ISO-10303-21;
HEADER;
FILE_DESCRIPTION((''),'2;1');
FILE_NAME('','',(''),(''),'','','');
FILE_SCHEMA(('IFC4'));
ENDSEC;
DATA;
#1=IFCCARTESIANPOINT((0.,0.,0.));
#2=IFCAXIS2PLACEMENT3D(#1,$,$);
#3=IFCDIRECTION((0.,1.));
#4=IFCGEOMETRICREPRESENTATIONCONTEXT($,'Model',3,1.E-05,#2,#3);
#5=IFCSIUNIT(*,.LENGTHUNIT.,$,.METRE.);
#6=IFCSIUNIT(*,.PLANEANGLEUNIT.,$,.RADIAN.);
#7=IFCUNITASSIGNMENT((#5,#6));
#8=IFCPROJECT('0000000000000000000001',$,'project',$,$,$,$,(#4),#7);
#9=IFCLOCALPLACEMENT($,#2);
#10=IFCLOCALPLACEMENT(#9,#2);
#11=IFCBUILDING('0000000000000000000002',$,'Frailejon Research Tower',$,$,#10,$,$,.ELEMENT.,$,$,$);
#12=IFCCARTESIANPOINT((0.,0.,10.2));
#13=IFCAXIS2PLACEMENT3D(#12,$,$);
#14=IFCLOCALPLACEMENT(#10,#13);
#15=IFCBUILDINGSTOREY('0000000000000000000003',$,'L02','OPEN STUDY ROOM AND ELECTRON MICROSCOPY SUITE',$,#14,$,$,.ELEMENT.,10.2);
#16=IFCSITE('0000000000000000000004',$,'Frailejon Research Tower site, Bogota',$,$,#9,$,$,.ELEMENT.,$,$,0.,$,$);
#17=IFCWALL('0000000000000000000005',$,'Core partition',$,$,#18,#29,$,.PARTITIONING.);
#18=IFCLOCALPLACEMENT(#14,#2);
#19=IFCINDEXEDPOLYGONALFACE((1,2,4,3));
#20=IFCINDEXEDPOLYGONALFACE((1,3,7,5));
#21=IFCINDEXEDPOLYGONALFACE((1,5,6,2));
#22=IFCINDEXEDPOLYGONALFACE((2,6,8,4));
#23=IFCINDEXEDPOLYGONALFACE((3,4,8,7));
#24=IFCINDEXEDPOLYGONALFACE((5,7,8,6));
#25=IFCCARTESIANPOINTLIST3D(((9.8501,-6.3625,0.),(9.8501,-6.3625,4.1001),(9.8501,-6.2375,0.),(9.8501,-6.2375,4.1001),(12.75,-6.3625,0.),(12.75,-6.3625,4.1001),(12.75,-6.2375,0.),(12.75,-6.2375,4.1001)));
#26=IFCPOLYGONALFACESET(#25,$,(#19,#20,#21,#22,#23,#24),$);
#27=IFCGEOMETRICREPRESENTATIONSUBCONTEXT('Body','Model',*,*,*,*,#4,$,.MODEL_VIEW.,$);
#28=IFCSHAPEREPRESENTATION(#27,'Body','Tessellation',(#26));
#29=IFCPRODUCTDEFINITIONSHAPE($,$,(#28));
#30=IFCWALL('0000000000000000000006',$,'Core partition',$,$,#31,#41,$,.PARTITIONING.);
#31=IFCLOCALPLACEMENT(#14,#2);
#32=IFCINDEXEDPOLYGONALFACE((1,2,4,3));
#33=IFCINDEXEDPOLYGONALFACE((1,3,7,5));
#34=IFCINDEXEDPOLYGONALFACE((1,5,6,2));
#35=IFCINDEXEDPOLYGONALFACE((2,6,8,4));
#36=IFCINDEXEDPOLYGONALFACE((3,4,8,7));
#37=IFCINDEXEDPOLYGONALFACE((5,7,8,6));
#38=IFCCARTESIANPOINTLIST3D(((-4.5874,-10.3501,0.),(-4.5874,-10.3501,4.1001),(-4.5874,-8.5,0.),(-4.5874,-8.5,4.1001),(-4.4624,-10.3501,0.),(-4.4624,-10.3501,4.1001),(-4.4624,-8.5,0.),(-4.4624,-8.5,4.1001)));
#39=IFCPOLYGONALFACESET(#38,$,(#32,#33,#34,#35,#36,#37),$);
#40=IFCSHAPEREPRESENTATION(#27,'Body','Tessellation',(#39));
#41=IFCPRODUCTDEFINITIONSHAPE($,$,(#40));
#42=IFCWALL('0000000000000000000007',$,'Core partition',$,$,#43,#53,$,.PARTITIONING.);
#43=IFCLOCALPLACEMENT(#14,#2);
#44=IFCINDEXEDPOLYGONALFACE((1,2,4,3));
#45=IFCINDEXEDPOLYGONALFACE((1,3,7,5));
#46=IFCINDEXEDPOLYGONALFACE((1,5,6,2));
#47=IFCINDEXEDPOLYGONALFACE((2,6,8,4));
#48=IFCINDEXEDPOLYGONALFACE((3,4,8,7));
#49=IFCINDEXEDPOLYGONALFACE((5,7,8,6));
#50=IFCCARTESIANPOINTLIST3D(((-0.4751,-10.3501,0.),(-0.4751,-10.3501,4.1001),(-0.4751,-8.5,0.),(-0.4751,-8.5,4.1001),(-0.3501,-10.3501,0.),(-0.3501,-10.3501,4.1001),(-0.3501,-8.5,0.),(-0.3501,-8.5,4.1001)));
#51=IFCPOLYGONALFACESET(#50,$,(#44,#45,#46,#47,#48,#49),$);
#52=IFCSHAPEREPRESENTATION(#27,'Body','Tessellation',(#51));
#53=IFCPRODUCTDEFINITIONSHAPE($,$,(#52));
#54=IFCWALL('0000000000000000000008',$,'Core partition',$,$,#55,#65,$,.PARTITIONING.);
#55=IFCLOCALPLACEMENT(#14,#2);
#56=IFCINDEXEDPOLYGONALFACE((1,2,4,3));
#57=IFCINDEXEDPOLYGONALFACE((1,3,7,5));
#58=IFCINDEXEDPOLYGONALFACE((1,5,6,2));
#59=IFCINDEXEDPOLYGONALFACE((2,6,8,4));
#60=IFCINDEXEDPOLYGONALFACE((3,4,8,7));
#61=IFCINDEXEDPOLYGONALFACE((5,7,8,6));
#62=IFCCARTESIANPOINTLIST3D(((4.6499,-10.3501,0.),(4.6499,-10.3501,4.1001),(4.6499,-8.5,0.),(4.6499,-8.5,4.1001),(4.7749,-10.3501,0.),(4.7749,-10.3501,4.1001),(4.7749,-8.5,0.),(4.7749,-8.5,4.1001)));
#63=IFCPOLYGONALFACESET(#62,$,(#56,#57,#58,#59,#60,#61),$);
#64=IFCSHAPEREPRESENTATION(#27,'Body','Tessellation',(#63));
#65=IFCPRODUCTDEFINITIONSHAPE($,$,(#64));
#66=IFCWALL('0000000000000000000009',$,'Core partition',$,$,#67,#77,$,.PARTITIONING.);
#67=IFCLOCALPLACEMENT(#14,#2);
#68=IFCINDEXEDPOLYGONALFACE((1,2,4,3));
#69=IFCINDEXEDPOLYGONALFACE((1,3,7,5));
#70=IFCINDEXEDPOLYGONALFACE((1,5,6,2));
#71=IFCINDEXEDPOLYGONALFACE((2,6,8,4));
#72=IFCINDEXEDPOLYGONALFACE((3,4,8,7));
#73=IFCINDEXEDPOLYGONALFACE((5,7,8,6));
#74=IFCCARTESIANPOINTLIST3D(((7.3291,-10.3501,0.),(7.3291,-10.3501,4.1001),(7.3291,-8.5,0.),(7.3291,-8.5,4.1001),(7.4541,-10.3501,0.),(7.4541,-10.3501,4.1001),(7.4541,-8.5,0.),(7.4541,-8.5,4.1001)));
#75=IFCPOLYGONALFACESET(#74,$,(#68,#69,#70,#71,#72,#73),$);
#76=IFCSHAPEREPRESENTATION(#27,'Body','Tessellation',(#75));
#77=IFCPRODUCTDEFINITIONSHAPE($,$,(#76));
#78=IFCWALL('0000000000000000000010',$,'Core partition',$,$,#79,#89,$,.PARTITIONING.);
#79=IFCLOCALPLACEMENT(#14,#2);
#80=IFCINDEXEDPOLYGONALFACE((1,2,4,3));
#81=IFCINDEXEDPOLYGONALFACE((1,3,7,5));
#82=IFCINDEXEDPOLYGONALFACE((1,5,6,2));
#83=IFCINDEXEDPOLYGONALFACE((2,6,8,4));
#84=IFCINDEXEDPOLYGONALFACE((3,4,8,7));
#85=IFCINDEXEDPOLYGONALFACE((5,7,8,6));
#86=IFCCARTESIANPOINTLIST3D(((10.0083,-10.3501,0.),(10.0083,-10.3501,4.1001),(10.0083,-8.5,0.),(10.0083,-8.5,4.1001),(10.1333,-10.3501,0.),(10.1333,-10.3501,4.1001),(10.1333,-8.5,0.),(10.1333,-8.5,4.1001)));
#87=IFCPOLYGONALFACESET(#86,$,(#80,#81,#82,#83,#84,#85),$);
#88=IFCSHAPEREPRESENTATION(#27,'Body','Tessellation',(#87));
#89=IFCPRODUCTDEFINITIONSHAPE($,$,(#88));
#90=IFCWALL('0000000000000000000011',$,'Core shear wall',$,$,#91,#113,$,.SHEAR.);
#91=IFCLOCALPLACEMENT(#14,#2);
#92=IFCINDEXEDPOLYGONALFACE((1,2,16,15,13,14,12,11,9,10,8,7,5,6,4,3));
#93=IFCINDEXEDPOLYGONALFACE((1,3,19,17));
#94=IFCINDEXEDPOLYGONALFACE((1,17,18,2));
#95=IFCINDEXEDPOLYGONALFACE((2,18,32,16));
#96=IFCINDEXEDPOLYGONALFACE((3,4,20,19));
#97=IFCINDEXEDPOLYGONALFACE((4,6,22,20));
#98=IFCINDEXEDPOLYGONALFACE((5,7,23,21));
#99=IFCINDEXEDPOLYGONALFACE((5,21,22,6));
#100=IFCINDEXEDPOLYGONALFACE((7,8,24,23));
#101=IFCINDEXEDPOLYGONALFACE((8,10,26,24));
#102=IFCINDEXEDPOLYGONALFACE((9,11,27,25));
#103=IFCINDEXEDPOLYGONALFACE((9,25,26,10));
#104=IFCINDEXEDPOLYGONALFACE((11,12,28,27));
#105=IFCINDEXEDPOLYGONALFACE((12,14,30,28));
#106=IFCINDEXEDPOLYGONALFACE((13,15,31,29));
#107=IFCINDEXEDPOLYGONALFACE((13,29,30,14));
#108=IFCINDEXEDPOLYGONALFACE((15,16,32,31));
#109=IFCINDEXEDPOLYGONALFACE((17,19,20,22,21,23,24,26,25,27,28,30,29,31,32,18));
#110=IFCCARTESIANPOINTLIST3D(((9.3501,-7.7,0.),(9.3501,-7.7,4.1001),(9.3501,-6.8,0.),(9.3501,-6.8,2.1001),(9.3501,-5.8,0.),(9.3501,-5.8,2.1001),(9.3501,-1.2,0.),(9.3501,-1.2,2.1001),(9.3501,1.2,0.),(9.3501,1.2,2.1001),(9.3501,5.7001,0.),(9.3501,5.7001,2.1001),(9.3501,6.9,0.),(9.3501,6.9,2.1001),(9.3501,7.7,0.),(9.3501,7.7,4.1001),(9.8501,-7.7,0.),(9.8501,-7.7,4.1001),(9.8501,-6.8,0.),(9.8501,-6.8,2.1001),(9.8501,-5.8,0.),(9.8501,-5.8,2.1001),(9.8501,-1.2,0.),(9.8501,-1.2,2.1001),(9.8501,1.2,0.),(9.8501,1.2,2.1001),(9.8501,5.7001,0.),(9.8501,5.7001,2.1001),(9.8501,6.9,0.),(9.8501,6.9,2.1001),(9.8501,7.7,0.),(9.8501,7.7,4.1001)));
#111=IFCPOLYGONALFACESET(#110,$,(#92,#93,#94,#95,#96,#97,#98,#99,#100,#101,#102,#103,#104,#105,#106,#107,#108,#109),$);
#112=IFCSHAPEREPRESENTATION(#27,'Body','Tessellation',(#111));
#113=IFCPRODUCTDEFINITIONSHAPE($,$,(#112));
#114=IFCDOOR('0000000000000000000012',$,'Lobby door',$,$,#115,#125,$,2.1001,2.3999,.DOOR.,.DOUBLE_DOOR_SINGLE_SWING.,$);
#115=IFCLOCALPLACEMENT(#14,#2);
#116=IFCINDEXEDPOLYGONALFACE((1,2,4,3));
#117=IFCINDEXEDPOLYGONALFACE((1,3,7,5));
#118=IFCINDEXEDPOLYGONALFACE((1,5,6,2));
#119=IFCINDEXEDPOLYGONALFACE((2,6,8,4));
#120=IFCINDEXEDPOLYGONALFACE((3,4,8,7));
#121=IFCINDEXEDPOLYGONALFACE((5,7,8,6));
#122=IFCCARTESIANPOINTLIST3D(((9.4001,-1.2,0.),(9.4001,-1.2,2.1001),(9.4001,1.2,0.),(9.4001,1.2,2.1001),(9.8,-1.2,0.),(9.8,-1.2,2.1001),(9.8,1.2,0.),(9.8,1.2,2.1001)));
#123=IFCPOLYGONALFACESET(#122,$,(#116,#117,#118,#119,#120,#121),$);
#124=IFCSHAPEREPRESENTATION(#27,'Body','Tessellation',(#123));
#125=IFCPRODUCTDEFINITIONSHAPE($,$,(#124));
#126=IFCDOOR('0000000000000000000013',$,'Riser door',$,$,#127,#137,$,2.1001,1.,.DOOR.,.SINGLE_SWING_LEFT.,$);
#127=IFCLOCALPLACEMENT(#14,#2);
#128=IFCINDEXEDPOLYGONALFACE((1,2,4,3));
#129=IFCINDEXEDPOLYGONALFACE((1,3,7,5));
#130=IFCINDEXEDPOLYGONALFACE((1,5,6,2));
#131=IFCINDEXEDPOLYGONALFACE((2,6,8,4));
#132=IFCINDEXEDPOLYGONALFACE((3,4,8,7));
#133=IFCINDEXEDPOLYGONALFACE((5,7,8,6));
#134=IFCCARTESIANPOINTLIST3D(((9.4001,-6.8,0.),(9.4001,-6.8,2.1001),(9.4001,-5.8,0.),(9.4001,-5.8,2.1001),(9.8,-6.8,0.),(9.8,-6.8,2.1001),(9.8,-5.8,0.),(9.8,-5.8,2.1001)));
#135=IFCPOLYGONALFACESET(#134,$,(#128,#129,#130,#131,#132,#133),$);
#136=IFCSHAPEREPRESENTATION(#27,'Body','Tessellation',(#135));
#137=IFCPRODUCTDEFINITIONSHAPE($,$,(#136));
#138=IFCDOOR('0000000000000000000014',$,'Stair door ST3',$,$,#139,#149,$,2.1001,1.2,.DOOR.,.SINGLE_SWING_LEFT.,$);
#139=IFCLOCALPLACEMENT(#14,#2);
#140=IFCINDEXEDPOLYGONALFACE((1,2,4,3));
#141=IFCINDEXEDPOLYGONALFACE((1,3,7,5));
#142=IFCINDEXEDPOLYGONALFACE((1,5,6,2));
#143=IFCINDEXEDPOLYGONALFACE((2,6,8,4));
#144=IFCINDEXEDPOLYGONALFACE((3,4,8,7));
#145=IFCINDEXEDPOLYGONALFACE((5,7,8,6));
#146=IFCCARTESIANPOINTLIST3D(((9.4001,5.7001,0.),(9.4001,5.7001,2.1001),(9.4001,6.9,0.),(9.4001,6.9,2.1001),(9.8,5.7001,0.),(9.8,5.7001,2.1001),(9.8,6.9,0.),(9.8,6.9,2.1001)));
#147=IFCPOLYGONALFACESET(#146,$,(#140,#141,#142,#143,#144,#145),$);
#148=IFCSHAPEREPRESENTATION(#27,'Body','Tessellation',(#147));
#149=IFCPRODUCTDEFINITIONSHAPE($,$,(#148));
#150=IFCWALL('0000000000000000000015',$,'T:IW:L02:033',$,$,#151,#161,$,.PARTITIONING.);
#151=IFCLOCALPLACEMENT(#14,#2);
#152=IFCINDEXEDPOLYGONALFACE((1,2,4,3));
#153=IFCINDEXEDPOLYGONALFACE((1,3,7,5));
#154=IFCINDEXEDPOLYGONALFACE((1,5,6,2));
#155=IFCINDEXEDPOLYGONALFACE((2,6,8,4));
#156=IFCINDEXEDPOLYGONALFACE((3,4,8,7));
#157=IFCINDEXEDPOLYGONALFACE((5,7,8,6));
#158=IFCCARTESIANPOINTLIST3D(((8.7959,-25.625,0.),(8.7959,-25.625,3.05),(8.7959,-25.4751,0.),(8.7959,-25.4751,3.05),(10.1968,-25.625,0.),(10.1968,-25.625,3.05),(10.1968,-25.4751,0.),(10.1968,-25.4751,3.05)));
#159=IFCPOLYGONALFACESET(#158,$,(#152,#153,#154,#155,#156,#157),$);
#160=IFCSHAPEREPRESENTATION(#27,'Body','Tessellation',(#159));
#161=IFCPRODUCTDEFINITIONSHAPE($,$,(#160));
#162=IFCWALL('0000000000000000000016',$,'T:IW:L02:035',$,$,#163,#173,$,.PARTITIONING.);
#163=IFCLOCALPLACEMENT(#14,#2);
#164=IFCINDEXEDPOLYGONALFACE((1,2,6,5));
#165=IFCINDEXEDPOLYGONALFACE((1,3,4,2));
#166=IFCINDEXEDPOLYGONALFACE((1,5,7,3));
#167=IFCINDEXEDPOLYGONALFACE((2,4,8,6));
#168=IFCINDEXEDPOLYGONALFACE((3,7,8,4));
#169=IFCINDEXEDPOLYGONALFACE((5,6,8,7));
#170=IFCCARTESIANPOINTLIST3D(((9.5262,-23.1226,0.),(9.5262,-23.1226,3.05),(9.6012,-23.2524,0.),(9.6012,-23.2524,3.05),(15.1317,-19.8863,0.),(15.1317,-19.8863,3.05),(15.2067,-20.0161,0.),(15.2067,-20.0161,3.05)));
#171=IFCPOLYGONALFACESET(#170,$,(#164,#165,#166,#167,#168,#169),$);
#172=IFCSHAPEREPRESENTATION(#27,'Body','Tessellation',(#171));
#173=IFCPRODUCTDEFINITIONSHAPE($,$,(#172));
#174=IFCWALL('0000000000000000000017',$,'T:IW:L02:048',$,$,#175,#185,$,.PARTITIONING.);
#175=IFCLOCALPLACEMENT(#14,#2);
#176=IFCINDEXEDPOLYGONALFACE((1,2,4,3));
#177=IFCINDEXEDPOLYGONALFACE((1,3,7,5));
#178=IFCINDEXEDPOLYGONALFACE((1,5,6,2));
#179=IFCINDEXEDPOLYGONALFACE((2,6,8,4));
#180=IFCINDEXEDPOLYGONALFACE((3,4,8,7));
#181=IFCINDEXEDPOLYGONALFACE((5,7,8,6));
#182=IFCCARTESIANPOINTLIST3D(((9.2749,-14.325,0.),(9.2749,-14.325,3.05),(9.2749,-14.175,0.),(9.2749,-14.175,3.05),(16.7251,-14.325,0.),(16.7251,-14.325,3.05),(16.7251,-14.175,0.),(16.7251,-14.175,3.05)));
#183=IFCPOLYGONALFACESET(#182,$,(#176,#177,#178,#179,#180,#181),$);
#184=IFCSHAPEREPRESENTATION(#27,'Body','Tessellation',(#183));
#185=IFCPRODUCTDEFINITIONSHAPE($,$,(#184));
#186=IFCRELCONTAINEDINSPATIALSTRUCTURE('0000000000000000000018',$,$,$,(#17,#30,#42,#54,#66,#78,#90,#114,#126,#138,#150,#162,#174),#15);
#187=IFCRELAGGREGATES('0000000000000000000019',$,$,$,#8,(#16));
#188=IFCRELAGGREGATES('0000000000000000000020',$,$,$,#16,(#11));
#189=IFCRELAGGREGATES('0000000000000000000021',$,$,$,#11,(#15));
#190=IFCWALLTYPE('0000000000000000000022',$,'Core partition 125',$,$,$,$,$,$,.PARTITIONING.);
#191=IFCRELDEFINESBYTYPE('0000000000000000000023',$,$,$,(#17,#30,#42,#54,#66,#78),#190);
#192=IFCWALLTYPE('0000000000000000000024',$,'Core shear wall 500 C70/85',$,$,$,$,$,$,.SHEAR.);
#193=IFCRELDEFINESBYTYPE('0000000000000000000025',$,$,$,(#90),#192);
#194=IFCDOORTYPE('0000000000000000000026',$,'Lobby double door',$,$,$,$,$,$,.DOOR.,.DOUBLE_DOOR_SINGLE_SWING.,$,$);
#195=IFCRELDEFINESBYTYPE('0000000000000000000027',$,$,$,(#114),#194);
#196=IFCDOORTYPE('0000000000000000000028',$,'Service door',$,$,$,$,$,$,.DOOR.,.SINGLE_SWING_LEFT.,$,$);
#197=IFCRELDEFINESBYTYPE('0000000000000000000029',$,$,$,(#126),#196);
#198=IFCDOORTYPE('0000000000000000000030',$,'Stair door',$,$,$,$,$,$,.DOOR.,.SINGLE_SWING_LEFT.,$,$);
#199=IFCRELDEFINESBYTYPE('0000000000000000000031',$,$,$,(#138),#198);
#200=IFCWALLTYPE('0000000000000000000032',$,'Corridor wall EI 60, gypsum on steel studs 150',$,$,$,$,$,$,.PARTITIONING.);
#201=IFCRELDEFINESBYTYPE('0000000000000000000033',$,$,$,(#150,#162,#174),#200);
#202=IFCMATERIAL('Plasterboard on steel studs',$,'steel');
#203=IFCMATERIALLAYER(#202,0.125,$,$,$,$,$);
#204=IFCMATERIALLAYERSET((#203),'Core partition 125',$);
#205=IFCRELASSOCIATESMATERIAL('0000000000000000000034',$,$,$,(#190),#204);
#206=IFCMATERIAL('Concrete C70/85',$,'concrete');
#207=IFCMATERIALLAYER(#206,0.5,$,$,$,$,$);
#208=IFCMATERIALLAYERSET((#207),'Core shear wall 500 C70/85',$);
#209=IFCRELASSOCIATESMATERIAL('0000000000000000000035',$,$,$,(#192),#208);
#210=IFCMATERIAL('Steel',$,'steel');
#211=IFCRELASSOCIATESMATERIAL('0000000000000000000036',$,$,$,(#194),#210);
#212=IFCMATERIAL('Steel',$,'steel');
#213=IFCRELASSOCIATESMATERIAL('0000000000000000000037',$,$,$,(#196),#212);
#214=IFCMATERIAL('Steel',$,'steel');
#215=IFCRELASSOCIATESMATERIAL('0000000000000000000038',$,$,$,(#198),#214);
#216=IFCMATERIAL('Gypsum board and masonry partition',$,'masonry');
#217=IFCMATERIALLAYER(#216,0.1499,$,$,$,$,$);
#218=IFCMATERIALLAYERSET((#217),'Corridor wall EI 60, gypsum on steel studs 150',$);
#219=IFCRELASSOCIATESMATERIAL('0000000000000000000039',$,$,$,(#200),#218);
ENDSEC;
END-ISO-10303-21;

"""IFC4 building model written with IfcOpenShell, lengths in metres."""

from ifc_helpers import new_model, si_unit, direction, frame, frame_2d, origin, place, context, subcontext, project, spatial, rectangle, extrude, material, layer, layer_set, type_object, element, fill, save


model = new_model("IFC4")

# Units and contexts
model_context = context("Model", 3, precision=1e-05, world=origin(), true_north=direction((0.0, 1.0)))
body_context = subcontext(model_context, "Body", "Model", "MODEL_VIEW")
ifc_project = project(units=[si_unit("LENGTHUNIT", "METRE"), si_unit("PLANEANGLEUNIT", "RADIAN")], contexts=[model_context])

# Site, building, storey
site_placement = place(None, origin())
site = spatial("IfcSite", under=ifc_project, at=site_placement, Name="Frailejon Research Tower site, Bogota", CompositionType="ELEMENT", RefElevation=0.0)
building_placement = place(site_placement, origin())
building = spatial("IfcBuilding", under=site, at=building_placement, Name="Frailejon Research Tower", CompositionType="ELEMENT")
storey_placement = place(building_placement, frame((0.0, 0.0, 10.2)))
storey = spatial("IfcBuildingStorey", under=building, at=storey_placement, Name="L02", Description="OPEN STUDY ROOM AND ELECTRON MICROSCOPY SUITE", CompositionType="ELEMENT", Elevation=10.2)

# Walls
ifc_material_1 = material(Name="Plasterboard on steel studs", Category="steel")
ifc_layer_1 = layer(ifc_material_1, 0.125)
ifc_layer_set_1 = layer_set([ifc_layer_1], Name="Core partition 125")
wall_type_1 = type_object("IfcWallType", Name="Core partition 125", PredefinedType="PARTITIONING", material=ifc_layer_set_1)
wall_1_placement = place(storey_placement, frame((9.8501, -6.3, 0.0), z_axis=(0.0, 0.0, 1.0), x_axis=(1.0, 0.0, 0.0)))
element("IfcWall", 1, at=wall_1_placement, inside=storey, type_object=wall_type_1, Name="Core partition", PredefinedType="PARTITIONING", context=body_context, shape_type="SweptSolid", body=[
    extrude(rectangle(XDim=2.8999, YDim=0.125, at=frame_2d((1.45, 0.0))), origin(), (0.0, 0.0, 1.0), 4.1001),
])
for number, where, z_axis, x_axis, name in (
    (2, (-4.5249, -10.3501, 0.0), (0.0, 0.0, 1.0), (0.0, 1.0, 0.0), "Core partition"),
    (3, (-0.4126, -10.3501, 0.0), (0.0, 0.0, 1.0), (0.0, 1.0, 0.0), "Core partition"),
    (4, (4.7124, -10.3501, 0.0), (0.0, 0.0, 1.0), (0.0, 1.0, 0.0), "Core partition"),
    (5, (7.3916, -10.3501, 0.0), (0.0, 0.0, 1.0), (0.0, 1.0, 0.0), "Core partition"),
    (6, (10.0708, -10.3501, 0.0), (0.0, 0.0, 1.0), (0.0, 1.0, 0.0), "Core partition"),
):
    element("IfcWall", number, at=place(storey_placement, frame(where, z_axis=z_axis, x_axis=x_axis)), inside=storey, type_object=wall_type_1, Name=name, PredefinedType="PARTITIONING", context=body_context, shape_type="SweptSolid", body=[
        extrude(rectangle(XDim=1.8501, YDim=0.125, at=frame_2d((0.925, 0.0))), origin(), (0.0, 0.0, 1.0), 4.1001),
    ])

# Wall, openings, doors
ifc_material_2 = material(Name="Concrete C70/85", Category="concrete")
ifc_layer_2 = layer(ifc_material_2, 0.5)
ifc_layer_set_2 = layer_set([ifc_layer_2], Name="Core shear wall 500 C70/85")
wall_type_2 = type_object("IfcWallType", Name="Core shear wall 500 C70/85", PredefinedType="SHEAR", material=ifc_layer_set_2)
wall_2_placement = place(storey_placement, frame((9.6001, -7.7, 0.0), z_axis=(0.0, 0.0, 1.0), x_axis=(0.0, 1.0, 0.0)))
wall_2 = element("IfcWall", 7, at=wall_2_placement, inside=storey, type_object=wall_type_2, Name="Core shear wall", PredefinedType="SHEAR", context=body_context, shape_type="SweptSolid", body=[
    extrude(rectangle(XDim=15.3999, YDim=0.5, at=frame_2d((7.7, 0.0))), origin(), (0.0, 0.0, 1.0), 4.1001),
])
opening_1_placement = place(wall_2_placement, frame((6.5, 0.0, 0.0)))
opening_1 = element("IfcOpeningElement", 8, at=opening_1_placement, cuts=wall_2, PredefinedType="OPENING", context=body_context, shape_type="SweptSolid", body=[
    extrude(rectangle(XDim=2.3999, YDim=2.1001, at=frame_2d((1.2, 1.05))), frame((0.0, 0.26, 0.0), z_axis=(0.0, -1.0, 0.0), x_axis=(1.0, 0.0, 0.0)), (0.0, 0.0, 1.0), 0.52),
])
opening_2_placement = place(wall_2_placement, frame((13.3999, 0.0, 0.0)))
opening_2 = element("IfcOpeningElement", 9, at=opening_2_placement, cuts=wall_2, PredefinedType="OPENING", context=body_context, shape_type="SweptSolid", body=[
    extrude(rectangle(XDim=1.2, YDim=2.1001, at=frame_2d((0.6001, 1.05))), frame((0.0, 0.26, 0.0), z_axis=(0.0, -1.0, 0.0), x_axis=(1.0, 0.0, 0.0)), (0.0, 0.0, 1.0), 0.52),
])
opening_3_placement = place(wall_2_placement, frame((0.8999, 0.0, 0.0)))
opening_3 = element("IfcOpeningElement", 10, at=opening_3_placement, cuts=wall_2, PredefinedType="OPENING", context=body_context, shape_type="SweptSolid", body=[
    extrude(rectangle(XDim=1.0, YDim=2.1001, at=frame_2d((0.5, 1.05))), frame((0.0, 0.26, 0.0), z_axis=(0.0, -1.0, 0.0), x_axis=(1.0, 0.0, 0.0)), (0.0, 0.0, 1.0), 0.52),
])
ifc_material_3 = material(Name="Steel", Category="steel")
door_type_1 = type_object("IfcDoorType", Name="Lobby double door", OperationType="DOUBLE_DOOR_SINGLE_SWING", PredefinedType="DOOR", material=ifc_material_3)
door_1_placement = place(opening_1_placement, origin())
door_1 = element("IfcDoor", 11, at=door_1_placement, inside=storey, type_object=door_type_1, Name="Lobby door", OperationType="DOUBLE_DOOR_SINGLE_SWING", OverallHeight=2.1001, OverallWidth=2.3999, PredefinedType="DOOR", context=body_context, shape_type="SweptSolid", body=[
    extrude(rectangle(XDim=2.3999, YDim=2.1001, at=frame_2d((1.2, 1.05))), frame((0.0, 0.2, 0.0), z_axis=(0.0, -1.0, 0.0), x_axis=(1.0, 0.0, 0.0)), (0.0, 0.0, 1.0), 0.3999),
])
fill(opening_1, door_1)
ifc_material_4 = material(Name="Steel", Category="steel")
door_type_2 = type_object("IfcDoorType", Name="Service door", OperationType="SINGLE_SWING_LEFT", PredefinedType="DOOR", material=ifc_material_4)
door_2_placement = place(opening_3_placement, origin())
door_2 = element("IfcDoor", 12, at=door_2_placement, inside=storey, type_object=door_type_2, Name="Riser door", OperationType="SINGLE_SWING_LEFT", OverallHeight=2.1001, OverallWidth=1.0, PredefinedType="DOOR", context=body_context, shape_type="SweptSolid", body=[
    extrude(rectangle(XDim=1.0, YDim=2.1001, at=frame_2d((0.5, 1.05))), frame((0.0, 0.2, 0.0), z_axis=(0.0, -1.0, 0.0), x_axis=(1.0, 0.0, 0.0)), (0.0, 0.0, 1.0), 0.3999),
])
fill(opening_3, door_2)
ifc_material_5 = material(Name="Steel", Category="steel")
door_type_3 = type_object("IfcDoorType", Name="Stair door", OperationType="SINGLE_SWING_LEFT", PredefinedType="DOOR", material=ifc_material_5)
door_3_placement = place(opening_2_placement, origin())
door_3 = element("IfcDoor", 13, at=door_3_placement, inside=storey, type_object=door_type_3, Name="Stair door ST3", OperationType="SINGLE_SWING_LEFT", OverallHeight=2.1001, OverallWidth=1.2, PredefinedType="DOOR", context=body_context, shape_type="SweptSolid", body=[
    extrude(rectangle(XDim=1.2, YDim=2.1001, at=frame_2d((0.6001, 1.05))), frame((0.0, 0.2, 0.0), z_axis=(0.0, -1.0, 0.0), x_axis=(1.0, 0.0, 0.0)), (0.0, 0.0, 1.0), 0.3999),
])
fill(opening_2, door_3)

# Walls
ifc_material_6 = material(Name="Gypsum board and masonry partition", Category="masonry")
ifc_layer_3 = layer(ifc_material_6, 0.1499)
ifc_layer_set_3 = layer_set([ifc_layer_3], Name="Corridor wall EI 60, gypsum on steel studs 150")
wall_type_3 = type_object("IfcWallType", Name="Corridor wall EI 60, gypsum on steel studs 150", PredefinedType="PARTITIONING", material=ifc_layer_set_3)
wall_3_placement = place(storey_placement, frame((8.7959, -25.55, 0.0), z_axis=(0.0, 0.0, 1.0), x_axis=(1.0, 0.0, 0.0)))
element("IfcWall", 14, at=wall_3_placement, inside=storey, type_object=wall_type_3, Name="T:IW:L02:033", PredefinedType="PARTITIONING", context=body_context, shape_type="SweptSolid", body=[
    extrude(rectangle(XDim=1.4009, YDim=0.1499, at=frame_2d((0.7004, 0.0))), origin(), (0.0, 0.0, 1.0), 3.05),
])
wall_4_placement = place(storey_placement, frame((9.5637, -23.1875, 0.0), z_axis=(0.0, 0.0, 1.0), x_axis=(0.866025, 0.500001, 0.0)))
element("IfcWall", 15, at=wall_4_placement, inside=storey, type_object=wall_type_3, Name="T:IW:L02:035", PredefinedType="PARTITIONING", context=body_context, shape_type="SweptSolid", body=[
    extrude(rectangle(XDim=6.4727, YDim=0.1499, at=frame_2d((3.2363, 0.0))), origin(), (0.0, 0.0, 1.0), 3.05),
])
wall_5_placement = place(storey_placement, frame((9.2749, -14.25, 0.0), z_axis=(0.0, 0.0, 1.0), x_axis=(1.0, 0.0, 0.0)))
element("IfcWall", 16, at=wall_5_placement, inside=storey, type_object=wall_type_3, Name="T:IW:L02:048", PredefinedType="PARTITIONING", context=body_context, shape_type="SweptSolid", body=[
    extrude(rectangle(XDim=7.4502, YDim=0.1499, at=frame_2d((3.7251, 0.0))), origin(), (0.0, 0.0, 1.0), 3.05),
])

save(model, "model.ifc")
